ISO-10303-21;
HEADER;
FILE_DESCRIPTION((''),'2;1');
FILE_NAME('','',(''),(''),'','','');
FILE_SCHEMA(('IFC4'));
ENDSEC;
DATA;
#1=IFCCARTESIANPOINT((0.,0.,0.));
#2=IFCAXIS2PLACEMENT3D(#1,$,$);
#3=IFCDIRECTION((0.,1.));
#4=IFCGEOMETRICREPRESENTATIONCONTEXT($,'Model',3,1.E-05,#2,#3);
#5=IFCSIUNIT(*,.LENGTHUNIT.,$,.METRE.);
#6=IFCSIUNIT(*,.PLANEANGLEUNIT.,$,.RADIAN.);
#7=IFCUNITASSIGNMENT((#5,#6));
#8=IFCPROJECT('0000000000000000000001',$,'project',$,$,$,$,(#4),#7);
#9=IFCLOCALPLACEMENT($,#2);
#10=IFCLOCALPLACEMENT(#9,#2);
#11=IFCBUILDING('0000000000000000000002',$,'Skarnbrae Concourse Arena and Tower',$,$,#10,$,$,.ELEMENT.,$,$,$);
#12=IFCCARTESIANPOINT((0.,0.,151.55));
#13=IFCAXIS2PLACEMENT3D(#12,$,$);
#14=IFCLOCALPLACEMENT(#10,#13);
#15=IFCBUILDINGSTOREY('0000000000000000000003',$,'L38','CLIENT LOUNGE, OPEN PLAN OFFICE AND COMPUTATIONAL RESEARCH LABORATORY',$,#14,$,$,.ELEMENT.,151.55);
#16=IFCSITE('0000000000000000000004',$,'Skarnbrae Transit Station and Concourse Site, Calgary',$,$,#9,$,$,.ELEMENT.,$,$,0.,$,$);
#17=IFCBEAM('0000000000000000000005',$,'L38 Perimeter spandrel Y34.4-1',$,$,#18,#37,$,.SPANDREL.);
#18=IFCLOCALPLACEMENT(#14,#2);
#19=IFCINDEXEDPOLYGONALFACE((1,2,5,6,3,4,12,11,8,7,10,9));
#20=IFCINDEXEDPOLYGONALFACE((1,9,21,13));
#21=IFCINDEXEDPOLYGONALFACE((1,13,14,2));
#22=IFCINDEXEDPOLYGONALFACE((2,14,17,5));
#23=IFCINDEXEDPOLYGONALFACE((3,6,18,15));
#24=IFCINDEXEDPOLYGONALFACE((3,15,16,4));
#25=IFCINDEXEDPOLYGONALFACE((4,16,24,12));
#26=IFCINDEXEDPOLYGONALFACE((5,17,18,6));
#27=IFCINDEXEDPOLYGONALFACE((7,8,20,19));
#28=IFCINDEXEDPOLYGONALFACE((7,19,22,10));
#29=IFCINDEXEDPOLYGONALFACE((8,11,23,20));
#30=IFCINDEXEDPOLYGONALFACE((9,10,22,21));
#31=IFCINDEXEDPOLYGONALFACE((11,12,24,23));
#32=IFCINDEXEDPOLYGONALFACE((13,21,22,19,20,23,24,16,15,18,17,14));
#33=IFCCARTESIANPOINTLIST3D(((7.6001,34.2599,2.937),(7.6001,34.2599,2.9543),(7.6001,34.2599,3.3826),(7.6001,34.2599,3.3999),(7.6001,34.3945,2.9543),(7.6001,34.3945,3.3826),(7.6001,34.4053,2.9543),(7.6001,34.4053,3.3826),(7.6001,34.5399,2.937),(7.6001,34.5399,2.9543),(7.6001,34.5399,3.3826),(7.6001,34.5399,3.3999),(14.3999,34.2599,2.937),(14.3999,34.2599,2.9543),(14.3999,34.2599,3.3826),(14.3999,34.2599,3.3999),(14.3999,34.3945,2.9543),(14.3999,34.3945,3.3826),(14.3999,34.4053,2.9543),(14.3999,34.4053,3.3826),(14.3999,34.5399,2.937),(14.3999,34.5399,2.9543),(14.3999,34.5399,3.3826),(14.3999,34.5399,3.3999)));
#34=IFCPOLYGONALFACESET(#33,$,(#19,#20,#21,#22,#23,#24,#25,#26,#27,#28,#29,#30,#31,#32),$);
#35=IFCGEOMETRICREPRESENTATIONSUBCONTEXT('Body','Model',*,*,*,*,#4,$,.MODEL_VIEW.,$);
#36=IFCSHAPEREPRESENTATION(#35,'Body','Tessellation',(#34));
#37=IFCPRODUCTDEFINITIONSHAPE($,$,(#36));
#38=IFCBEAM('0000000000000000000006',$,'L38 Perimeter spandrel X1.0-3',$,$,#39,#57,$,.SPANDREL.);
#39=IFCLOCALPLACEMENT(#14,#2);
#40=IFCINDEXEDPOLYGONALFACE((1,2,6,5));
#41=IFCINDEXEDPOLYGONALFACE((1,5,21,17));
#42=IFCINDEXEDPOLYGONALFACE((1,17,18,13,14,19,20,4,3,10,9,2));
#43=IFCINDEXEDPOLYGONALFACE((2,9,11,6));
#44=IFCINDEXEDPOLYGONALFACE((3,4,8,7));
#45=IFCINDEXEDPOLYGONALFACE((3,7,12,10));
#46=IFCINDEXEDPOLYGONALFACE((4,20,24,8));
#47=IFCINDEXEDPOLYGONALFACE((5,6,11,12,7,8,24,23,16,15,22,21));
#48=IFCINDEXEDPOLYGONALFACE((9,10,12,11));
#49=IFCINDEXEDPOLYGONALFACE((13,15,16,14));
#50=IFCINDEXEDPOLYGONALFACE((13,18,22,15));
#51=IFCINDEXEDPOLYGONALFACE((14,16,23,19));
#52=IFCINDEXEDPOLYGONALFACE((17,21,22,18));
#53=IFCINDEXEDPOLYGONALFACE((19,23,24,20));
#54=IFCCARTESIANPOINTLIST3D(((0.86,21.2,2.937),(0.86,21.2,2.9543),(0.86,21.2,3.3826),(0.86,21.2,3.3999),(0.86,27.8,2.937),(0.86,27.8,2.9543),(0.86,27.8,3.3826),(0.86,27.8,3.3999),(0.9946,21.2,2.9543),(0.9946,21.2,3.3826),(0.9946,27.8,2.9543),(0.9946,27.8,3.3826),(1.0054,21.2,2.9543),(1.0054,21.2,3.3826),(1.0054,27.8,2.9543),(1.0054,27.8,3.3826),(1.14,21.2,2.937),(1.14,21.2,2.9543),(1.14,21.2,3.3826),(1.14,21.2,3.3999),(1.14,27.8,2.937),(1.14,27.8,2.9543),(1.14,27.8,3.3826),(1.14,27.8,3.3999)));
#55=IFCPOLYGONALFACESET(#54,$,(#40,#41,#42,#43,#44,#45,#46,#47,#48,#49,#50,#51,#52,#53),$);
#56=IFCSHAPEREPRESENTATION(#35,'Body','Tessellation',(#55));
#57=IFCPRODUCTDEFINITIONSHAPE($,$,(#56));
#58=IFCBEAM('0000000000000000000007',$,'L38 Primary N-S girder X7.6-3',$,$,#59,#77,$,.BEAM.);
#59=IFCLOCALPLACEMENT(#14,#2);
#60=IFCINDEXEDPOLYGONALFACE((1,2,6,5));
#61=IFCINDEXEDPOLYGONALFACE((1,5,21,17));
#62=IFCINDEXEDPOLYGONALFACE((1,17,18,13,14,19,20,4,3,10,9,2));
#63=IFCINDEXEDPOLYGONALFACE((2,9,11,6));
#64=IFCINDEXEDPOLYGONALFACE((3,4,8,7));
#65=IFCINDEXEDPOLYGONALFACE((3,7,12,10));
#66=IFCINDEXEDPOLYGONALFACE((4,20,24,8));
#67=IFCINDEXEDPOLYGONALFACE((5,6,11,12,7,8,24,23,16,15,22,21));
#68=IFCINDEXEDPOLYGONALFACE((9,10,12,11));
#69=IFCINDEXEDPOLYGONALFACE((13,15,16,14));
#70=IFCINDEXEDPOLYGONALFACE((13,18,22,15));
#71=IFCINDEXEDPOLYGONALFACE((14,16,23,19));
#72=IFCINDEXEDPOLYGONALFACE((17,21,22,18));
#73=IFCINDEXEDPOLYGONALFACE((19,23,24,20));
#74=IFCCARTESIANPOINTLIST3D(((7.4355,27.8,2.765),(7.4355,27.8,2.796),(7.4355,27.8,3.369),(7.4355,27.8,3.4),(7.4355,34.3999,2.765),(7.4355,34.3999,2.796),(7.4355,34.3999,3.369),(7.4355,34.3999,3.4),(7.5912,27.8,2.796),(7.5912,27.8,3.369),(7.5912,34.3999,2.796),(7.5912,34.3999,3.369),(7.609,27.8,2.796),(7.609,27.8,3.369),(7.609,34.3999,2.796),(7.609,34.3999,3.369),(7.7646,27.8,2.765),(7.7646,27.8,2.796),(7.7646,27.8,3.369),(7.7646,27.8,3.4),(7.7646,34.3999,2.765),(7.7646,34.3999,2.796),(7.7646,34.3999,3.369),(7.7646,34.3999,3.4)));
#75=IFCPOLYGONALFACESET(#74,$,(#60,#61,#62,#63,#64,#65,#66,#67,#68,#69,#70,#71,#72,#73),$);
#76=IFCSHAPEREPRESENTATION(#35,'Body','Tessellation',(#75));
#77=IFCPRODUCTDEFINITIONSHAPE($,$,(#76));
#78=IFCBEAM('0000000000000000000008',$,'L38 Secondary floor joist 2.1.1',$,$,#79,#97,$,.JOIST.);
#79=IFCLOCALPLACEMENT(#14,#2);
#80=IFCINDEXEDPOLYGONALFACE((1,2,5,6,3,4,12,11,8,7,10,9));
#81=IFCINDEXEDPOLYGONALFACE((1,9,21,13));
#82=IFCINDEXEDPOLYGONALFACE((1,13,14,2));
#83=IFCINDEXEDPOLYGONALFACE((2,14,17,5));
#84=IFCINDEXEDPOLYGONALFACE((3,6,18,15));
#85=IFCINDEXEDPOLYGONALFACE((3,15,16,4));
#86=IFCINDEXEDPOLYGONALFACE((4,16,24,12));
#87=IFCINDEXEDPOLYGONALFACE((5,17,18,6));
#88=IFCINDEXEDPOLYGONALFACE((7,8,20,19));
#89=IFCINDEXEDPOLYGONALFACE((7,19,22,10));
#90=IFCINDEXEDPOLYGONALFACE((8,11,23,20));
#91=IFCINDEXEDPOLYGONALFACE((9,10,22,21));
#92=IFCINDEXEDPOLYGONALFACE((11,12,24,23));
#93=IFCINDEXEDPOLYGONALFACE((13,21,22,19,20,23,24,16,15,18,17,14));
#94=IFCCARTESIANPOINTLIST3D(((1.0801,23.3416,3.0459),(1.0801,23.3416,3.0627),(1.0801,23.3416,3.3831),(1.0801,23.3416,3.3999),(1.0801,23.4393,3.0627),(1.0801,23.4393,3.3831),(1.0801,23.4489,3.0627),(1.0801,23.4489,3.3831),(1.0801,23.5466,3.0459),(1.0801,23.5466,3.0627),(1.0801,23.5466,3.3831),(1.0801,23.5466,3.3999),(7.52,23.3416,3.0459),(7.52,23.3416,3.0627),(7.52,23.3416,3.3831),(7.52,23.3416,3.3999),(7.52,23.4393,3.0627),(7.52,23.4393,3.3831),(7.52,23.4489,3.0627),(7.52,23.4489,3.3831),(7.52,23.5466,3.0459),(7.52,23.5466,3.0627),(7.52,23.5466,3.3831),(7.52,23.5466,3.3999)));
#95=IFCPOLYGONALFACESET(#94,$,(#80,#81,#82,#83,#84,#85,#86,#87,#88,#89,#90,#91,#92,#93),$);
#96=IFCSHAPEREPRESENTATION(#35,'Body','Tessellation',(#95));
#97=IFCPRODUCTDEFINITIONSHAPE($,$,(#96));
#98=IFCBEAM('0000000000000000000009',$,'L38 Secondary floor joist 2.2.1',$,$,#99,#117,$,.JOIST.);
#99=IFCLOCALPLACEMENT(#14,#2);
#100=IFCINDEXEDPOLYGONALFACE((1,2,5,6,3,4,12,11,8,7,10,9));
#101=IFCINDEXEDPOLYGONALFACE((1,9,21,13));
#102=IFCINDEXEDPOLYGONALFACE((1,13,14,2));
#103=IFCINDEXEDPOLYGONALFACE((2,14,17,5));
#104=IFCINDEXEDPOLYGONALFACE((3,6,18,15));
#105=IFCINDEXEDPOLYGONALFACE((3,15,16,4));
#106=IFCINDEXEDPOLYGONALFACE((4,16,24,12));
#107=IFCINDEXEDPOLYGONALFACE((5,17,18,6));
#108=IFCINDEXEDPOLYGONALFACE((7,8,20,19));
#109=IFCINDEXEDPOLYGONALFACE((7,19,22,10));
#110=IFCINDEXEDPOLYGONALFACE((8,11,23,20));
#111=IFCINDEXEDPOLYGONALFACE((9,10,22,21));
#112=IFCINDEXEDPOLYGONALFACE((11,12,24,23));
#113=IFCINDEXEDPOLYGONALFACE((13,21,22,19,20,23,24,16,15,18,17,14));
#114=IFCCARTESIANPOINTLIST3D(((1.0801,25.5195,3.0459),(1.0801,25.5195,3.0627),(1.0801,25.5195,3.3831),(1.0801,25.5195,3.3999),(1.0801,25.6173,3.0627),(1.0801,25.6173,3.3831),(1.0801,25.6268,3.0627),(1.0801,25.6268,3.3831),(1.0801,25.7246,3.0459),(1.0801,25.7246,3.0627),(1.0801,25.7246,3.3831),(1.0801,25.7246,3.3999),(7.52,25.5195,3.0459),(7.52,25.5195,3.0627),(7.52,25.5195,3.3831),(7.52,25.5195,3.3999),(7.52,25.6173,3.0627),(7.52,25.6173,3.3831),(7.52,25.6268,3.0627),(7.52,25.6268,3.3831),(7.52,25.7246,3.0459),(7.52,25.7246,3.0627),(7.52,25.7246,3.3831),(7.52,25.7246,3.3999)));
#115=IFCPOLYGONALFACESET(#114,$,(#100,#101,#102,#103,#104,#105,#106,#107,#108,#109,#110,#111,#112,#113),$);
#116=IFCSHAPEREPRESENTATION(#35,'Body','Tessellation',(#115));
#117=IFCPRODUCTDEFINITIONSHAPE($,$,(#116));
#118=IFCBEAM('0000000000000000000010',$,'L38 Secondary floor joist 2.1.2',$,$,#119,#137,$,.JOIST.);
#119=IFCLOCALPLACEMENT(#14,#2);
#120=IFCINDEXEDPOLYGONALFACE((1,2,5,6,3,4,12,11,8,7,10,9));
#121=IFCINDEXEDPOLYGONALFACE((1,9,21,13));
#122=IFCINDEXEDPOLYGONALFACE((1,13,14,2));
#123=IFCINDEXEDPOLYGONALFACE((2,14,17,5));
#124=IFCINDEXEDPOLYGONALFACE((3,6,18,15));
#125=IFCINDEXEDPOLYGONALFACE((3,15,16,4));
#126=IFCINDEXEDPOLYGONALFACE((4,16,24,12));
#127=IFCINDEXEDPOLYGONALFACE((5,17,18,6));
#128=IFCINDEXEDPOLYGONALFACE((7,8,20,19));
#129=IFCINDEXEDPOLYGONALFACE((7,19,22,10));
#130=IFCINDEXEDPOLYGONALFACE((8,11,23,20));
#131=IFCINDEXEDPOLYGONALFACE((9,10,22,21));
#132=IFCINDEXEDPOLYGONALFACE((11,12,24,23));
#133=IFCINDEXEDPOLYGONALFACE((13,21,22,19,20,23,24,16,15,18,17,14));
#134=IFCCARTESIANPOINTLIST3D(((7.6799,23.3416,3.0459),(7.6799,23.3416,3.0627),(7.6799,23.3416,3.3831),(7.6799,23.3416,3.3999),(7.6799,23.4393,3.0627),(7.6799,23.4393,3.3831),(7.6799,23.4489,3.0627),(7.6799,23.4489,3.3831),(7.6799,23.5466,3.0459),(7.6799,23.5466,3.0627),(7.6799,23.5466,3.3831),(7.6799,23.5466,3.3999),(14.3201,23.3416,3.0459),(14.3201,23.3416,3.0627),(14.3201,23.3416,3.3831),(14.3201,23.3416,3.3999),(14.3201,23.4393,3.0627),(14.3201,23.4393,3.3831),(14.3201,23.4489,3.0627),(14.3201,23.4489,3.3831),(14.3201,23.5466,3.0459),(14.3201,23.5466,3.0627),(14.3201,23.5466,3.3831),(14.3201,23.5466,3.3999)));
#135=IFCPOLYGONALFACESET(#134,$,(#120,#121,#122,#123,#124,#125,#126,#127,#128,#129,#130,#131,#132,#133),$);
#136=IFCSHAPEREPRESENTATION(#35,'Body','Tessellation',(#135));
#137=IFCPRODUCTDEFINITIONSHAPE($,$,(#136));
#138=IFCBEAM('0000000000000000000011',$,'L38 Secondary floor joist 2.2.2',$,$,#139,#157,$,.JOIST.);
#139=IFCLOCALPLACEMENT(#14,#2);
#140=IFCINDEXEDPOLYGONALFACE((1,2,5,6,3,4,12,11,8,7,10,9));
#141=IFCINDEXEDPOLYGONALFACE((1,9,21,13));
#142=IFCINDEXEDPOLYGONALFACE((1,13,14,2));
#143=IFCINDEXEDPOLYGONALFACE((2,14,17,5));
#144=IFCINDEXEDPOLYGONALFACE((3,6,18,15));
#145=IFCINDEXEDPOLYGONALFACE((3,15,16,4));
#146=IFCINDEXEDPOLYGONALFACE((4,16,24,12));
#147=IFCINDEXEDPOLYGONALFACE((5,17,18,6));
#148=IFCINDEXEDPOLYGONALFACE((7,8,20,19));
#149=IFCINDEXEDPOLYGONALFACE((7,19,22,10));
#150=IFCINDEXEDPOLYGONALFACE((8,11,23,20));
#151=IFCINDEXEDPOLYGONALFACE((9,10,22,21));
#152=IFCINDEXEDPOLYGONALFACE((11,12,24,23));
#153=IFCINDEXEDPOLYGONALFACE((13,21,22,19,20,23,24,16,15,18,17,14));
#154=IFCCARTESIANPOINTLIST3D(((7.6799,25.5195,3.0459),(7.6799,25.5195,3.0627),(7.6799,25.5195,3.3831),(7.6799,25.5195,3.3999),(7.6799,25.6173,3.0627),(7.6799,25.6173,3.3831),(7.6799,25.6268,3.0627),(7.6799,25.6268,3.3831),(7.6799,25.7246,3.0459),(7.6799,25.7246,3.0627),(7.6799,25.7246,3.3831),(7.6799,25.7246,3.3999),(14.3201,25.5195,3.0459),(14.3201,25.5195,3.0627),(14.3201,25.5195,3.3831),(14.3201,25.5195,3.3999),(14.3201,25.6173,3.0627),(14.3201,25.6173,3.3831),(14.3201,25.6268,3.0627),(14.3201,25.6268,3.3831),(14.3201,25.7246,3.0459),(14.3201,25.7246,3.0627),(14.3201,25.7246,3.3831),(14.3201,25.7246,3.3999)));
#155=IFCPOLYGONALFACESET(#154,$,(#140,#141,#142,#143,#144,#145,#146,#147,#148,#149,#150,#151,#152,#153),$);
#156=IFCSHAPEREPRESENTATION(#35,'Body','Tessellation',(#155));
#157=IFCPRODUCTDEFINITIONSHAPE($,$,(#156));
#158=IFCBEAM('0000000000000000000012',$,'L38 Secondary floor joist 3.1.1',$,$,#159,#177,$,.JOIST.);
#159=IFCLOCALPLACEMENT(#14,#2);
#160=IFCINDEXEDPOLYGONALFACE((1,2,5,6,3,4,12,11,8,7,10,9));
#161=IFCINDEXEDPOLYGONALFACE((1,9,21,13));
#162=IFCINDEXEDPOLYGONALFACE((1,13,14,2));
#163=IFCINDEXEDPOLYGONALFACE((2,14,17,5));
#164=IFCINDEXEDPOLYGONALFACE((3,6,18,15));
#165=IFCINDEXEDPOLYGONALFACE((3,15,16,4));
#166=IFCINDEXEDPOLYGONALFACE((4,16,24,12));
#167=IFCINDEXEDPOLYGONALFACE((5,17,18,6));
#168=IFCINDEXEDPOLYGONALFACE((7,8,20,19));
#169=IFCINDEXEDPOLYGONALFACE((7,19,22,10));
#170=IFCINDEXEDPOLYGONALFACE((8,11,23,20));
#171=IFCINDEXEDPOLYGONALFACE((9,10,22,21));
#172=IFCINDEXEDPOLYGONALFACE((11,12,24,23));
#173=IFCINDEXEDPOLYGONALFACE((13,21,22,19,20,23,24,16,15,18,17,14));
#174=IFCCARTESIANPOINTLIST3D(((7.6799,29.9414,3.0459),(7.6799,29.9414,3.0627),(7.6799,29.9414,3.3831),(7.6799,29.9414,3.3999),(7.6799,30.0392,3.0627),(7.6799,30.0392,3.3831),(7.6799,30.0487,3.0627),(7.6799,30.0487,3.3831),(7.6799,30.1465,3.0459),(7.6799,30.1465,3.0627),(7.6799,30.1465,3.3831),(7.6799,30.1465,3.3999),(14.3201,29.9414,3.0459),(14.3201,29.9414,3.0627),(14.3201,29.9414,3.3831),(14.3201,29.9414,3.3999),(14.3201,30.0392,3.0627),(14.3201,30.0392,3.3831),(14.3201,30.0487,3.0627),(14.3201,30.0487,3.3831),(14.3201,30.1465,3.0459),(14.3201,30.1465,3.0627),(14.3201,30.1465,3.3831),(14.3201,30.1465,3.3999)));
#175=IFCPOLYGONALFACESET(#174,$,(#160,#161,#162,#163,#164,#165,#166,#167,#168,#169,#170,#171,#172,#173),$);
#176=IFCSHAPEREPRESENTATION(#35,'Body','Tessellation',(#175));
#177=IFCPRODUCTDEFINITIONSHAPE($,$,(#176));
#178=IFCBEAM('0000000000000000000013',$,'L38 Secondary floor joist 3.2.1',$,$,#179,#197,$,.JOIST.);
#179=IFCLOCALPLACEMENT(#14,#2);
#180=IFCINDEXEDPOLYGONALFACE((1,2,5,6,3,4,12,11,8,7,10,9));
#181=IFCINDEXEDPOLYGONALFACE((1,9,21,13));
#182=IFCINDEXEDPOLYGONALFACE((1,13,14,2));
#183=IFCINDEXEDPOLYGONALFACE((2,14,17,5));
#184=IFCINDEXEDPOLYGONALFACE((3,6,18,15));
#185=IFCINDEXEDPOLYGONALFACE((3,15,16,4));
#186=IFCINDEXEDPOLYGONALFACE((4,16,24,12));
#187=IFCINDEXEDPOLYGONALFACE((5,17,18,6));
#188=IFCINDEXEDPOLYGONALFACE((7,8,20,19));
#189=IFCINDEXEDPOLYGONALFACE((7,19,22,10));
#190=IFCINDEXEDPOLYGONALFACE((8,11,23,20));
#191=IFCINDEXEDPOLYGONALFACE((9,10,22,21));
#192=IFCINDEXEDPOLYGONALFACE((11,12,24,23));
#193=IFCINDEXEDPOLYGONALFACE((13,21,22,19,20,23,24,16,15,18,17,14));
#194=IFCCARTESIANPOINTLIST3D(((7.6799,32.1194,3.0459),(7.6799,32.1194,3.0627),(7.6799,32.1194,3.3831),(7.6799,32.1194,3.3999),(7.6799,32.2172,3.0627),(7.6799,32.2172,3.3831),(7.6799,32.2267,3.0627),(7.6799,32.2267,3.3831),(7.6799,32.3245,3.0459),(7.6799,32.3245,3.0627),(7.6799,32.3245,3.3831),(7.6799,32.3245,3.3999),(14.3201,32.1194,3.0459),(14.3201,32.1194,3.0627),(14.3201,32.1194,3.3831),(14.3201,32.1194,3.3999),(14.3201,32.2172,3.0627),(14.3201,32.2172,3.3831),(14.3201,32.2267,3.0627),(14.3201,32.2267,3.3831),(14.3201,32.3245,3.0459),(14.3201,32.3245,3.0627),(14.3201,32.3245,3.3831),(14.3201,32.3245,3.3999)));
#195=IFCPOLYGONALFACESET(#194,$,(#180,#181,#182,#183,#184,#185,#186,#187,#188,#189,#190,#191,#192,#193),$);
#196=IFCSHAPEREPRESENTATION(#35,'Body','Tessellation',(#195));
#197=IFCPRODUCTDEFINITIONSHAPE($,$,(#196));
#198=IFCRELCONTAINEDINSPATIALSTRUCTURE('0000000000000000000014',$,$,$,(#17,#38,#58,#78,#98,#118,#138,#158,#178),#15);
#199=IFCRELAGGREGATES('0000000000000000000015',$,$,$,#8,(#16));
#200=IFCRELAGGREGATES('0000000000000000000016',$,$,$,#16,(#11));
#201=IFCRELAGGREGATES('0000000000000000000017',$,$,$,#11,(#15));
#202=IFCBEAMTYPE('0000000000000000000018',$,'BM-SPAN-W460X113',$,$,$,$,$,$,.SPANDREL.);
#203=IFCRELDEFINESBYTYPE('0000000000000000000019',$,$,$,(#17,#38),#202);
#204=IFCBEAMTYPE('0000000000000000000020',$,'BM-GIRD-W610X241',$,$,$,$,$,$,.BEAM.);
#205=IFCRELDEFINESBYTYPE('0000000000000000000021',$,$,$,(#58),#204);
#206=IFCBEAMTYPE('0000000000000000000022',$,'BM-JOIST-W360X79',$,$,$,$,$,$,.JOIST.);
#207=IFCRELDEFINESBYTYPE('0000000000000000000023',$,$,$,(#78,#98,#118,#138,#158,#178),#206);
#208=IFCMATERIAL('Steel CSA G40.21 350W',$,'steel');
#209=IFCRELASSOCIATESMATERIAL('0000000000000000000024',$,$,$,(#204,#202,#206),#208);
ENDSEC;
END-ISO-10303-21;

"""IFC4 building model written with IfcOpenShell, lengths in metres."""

from ifc_helpers import new_model, si_unit, direction, frame, origin, origin_2d, place, context, subcontext, project, spatial, i_section, extrude, source, transform, mapped, material, material_profile, profile_set, type_object, element, save


model = new_model("IFC4")

# Units and contexts
model_context = context("Model", 3, precision=1e-05, world=origin(), true_north=direction((0.0, 1.0)))
body_context = subcontext(model_context, "Body", "Model", "MODEL_VIEW")
ifc_project = project(units=[si_unit("LENGTHUNIT", "METRE"), si_unit("PLANEANGLEUNIT", "RADIAN")], contexts=[model_context])

# Site, building, storey
site_placement = place(None, origin())
site = spatial("IfcSite", under=ifc_project, at=site_placement, Name="Skarnbrae Transit Station and Concourse Site, Calgary", CompositionType="ELEMENT", RefElevation=0.0)
building_placement = place(site_placement, origin())
building = spatial("IfcBuilding", under=site, at=building_placement, Name="Skarnbrae Concourse Arena and Tower", CompositionType="ELEMENT")
storey_placement = place(building_placement, frame((0.0, 0.0, 151.55)))
storey = spatial("IfcBuildingStorey", under=building, at=storey_placement, Name="L38", Description="CLIENT LOUNGE, OPEN PLAN OFFICE AND COMPUTATIONAL RESEARCH LABORATORY", CompositionType="ELEMENT", Elevation=151.55)

# Shared definitions
ifc_material_1 = material(Name="Steel CSA G40.21 350W", Category="steel")

# Beams
ifc_material_profile_1 = material_profile(ifc_material_1, i_section(OverallWidth=0.3291, OverallDepth=0.635, WebThickness=0.0178, FlangeThickness=0.031, at=origin_2d()), Name="W610X241")
ifc_profile_set_1 = profile_set([ifc_material_profile_1], Name="Steel CSA G40.21 350W")
beam_type_1 = type_object("IfcBeamType", Name="BM-GIRD-W610X241", PredefinedType="BEAM", material=ifc_profile_set_1)
ifc_material_profile_2 = material_profile(ifc_material_1, i_section(OverallWidth=0.28, OverallDepth=0.4629, WebThickness=0.0107, FlangeThickness=0.0173, at=origin_2d()), Name="W460X113")
ifc_profile_set_2 = profile_set([ifc_material_profile_2], Name="Steel CSA G40.21 350W")
beam_type_2 = type_object("IfcBeamType", Name="BM-SPAN-W460X113", PredefinedType="SPANDREL", material=ifc_profile_set_2)
shared_shape_1 = source(origin(), body_context, "Body", "SweptSolid", [
    extrude(i_section(OverallWidth=0.28, OverallDepth=0.4629, WebThickness=0.0107, FlangeThickness=0.0173, at=origin_2d()), origin(), (0.0, 0.0, 1.0), 6.7998),
])
beam_1_placement = place(storey_placement, frame((7.6001, 34.3999, 3.1685), z_axis=(1.0, 0.0, 0.0), x_axis=(0.0, 1.0, 0.0)))
element("IfcBeam", 1, at=beam_1_placement, inside=storey, type_object=beam_type_2, Name="L38 Perimeter spandrel Y34.4-1", PredefinedType="SPANDREL", context=body_context, shape_type="MappedRepresentation", body=[
    mapped(shared_shape_1, transform((0.0, 0.0, 0.0))),
])
shared_shape_2 = source(origin(), body_context, "Body", "SweptSolid", [
    extrude(i_section(OverallWidth=0.28, OverallDepth=0.4629, WebThickness=0.0107, FlangeThickness=0.0173, at=origin_2d()), origin(), (0.0, 0.0, 1.0), 6.6001),
])
beam_2_placement = place(storey_placement, frame((1.0, 21.2, 3.1685), z_axis=(0.0, 1.0, 0.0), x_axis=(-1.0, 0.0, 0.0)))
element("IfcBeam", 2, at=beam_2_placement, inside=storey, type_object=beam_type_2, Name="L38 Perimeter spandrel X1.0-3", PredefinedType="SPANDREL", context=body_context, shape_type="MappedRepresentation", body=[
    mapped(shared_shape_2, transform((0.0, 0.0, 0.0))),
])
shared_shape_3 = source(origin(), body_context, "Body", "SweptSolid", [
    extrude(i_section(OverallWidth=0.3291, OverallDepth=0.635, WebThickness=0.0178, FlangeThickness=0.031, at=origin_2d()), origin(), (0.0, 0.0, 1.0), 6.5999),
])
beam_3_placement = place(storey_placement, frame((7.6001, 27.8, 3.0825), z_axis=(0.0, 1.0, 0.0), x_axis=(-1.0, 0.0, 0.0)))
element("IfcBeam", 3, at=beam_3_placement, inside=storey, type_object=beam_type_1, Name="L38 Primary N-S girder X7.6-3", PredefinedType="BEAM", context=body_context, shape_type="MappedRepresentation", body=[
    mapped(shared_shape_3, transform((0.0, 0.0, 0.0))),
])
ifc_material_profile_3 = material_profile(ifc_material_1, i_section(OverallWidth=0.2051, OverallDepth=0.354, WebThickness=0.0095, FlangeThickness=0.0168, at=origin_2d()), Name="W360X79")
ifc_profile_set_3 = profile_set([ifc_material_profile_3], Name="Steel CSA G40.21 350W")
beam_type_3 = type_object("IfcBeamType", Name="BM-JOIST-W360X79", PredefinedType="JOIST", material=ifc_profile_set_3)
shared_shape_4 = source(origin(), body_context, "Body", "SweptSolid", [
    extrude(i_section(OverallWidth=0.2051, OverallDepth=0.354, WebThickness=0.0095, FlangeThickness=0.0168, at=origin_2d()), origin(), (0.0, 0.0, 1.0), 6.4399),
])
for number, where, z_axis, x_axis, name in (
    (4, (1.0801, 23.4441, 3.2229), (1.0, 0.0, 0.0), (0.0, 1.0, 0.0), "L38 Secondary floor joist 2.1.1"),
    (5, (1.0801, 25.6221, 3.2229), (1.0, 0.0, 0.0), (0.0, 1.0, 0.0), "L38 Secondary floor joist 2.2.1"),
):
    element("IfcBeam", number, at=place(storey_placement, frame(where, z_axis=z_axis, x_axis=x_axis)), inside=storey, type_object=beam_type_3, Name=name, PredefinedType="JOIST", context=body_context, shape_type="MappedRepresentation", body=[
        mapped(shared_shape_4, transform((0.0, 0.0, 0.0))),
    ])
shared_shape_5 = source(origin(), body_context, "Body", "SweptSolid", [
    extrude(i_section(OverallWidth=0.2051, OverallDepth=0.354, WebThickness=0.0095, FlangeThickness=0.0168, at=origin_2d()), origin(), (0.0, 0.0, 1.0), 6.6401),
])
for number, where, z_axis, x_axis, name in (
    (6, (7.6799, 23.4441, 3.2229), (1.0, 0.0, 0.0), (0.0, 1.0, 0.0), "L38 Secondary floor joist 2.1.2"),
    (7, (7.6799, 25.6221, 3.2229), (1.0, 0.0, 0.0), (0.0, 1.0, 0.0), "L38 Secondary floor joist 2.2.2"),
    (8, (7.6799, 30.0439, 3.2229), (1.0, 0.0, 0.0), (0.0, 1.0, 0.0), "L38 Secondary floor joist 3.1.1"),
    (9, (7.6799, 32.2219, 3.2229), (1.0, 0.0, 0.0), (0.0, 1.0, 0.0), "L38 Secondary floor joist 3.2.1"),
):
    element("IfcBeam", number, at=place(storey_placement, frame(where, z_axis=z_axis, x_axis=x_axis)), inside=storey, type_object=beam_type_3, Name=name, PredefinedType="JOIST", context=body_context, shape_type="MappedRepresentation", body=[
        mapped(shared_shape_5, transform((0.0, 0.0, 0.0))),
    ])

save(model, "model.ifc")
